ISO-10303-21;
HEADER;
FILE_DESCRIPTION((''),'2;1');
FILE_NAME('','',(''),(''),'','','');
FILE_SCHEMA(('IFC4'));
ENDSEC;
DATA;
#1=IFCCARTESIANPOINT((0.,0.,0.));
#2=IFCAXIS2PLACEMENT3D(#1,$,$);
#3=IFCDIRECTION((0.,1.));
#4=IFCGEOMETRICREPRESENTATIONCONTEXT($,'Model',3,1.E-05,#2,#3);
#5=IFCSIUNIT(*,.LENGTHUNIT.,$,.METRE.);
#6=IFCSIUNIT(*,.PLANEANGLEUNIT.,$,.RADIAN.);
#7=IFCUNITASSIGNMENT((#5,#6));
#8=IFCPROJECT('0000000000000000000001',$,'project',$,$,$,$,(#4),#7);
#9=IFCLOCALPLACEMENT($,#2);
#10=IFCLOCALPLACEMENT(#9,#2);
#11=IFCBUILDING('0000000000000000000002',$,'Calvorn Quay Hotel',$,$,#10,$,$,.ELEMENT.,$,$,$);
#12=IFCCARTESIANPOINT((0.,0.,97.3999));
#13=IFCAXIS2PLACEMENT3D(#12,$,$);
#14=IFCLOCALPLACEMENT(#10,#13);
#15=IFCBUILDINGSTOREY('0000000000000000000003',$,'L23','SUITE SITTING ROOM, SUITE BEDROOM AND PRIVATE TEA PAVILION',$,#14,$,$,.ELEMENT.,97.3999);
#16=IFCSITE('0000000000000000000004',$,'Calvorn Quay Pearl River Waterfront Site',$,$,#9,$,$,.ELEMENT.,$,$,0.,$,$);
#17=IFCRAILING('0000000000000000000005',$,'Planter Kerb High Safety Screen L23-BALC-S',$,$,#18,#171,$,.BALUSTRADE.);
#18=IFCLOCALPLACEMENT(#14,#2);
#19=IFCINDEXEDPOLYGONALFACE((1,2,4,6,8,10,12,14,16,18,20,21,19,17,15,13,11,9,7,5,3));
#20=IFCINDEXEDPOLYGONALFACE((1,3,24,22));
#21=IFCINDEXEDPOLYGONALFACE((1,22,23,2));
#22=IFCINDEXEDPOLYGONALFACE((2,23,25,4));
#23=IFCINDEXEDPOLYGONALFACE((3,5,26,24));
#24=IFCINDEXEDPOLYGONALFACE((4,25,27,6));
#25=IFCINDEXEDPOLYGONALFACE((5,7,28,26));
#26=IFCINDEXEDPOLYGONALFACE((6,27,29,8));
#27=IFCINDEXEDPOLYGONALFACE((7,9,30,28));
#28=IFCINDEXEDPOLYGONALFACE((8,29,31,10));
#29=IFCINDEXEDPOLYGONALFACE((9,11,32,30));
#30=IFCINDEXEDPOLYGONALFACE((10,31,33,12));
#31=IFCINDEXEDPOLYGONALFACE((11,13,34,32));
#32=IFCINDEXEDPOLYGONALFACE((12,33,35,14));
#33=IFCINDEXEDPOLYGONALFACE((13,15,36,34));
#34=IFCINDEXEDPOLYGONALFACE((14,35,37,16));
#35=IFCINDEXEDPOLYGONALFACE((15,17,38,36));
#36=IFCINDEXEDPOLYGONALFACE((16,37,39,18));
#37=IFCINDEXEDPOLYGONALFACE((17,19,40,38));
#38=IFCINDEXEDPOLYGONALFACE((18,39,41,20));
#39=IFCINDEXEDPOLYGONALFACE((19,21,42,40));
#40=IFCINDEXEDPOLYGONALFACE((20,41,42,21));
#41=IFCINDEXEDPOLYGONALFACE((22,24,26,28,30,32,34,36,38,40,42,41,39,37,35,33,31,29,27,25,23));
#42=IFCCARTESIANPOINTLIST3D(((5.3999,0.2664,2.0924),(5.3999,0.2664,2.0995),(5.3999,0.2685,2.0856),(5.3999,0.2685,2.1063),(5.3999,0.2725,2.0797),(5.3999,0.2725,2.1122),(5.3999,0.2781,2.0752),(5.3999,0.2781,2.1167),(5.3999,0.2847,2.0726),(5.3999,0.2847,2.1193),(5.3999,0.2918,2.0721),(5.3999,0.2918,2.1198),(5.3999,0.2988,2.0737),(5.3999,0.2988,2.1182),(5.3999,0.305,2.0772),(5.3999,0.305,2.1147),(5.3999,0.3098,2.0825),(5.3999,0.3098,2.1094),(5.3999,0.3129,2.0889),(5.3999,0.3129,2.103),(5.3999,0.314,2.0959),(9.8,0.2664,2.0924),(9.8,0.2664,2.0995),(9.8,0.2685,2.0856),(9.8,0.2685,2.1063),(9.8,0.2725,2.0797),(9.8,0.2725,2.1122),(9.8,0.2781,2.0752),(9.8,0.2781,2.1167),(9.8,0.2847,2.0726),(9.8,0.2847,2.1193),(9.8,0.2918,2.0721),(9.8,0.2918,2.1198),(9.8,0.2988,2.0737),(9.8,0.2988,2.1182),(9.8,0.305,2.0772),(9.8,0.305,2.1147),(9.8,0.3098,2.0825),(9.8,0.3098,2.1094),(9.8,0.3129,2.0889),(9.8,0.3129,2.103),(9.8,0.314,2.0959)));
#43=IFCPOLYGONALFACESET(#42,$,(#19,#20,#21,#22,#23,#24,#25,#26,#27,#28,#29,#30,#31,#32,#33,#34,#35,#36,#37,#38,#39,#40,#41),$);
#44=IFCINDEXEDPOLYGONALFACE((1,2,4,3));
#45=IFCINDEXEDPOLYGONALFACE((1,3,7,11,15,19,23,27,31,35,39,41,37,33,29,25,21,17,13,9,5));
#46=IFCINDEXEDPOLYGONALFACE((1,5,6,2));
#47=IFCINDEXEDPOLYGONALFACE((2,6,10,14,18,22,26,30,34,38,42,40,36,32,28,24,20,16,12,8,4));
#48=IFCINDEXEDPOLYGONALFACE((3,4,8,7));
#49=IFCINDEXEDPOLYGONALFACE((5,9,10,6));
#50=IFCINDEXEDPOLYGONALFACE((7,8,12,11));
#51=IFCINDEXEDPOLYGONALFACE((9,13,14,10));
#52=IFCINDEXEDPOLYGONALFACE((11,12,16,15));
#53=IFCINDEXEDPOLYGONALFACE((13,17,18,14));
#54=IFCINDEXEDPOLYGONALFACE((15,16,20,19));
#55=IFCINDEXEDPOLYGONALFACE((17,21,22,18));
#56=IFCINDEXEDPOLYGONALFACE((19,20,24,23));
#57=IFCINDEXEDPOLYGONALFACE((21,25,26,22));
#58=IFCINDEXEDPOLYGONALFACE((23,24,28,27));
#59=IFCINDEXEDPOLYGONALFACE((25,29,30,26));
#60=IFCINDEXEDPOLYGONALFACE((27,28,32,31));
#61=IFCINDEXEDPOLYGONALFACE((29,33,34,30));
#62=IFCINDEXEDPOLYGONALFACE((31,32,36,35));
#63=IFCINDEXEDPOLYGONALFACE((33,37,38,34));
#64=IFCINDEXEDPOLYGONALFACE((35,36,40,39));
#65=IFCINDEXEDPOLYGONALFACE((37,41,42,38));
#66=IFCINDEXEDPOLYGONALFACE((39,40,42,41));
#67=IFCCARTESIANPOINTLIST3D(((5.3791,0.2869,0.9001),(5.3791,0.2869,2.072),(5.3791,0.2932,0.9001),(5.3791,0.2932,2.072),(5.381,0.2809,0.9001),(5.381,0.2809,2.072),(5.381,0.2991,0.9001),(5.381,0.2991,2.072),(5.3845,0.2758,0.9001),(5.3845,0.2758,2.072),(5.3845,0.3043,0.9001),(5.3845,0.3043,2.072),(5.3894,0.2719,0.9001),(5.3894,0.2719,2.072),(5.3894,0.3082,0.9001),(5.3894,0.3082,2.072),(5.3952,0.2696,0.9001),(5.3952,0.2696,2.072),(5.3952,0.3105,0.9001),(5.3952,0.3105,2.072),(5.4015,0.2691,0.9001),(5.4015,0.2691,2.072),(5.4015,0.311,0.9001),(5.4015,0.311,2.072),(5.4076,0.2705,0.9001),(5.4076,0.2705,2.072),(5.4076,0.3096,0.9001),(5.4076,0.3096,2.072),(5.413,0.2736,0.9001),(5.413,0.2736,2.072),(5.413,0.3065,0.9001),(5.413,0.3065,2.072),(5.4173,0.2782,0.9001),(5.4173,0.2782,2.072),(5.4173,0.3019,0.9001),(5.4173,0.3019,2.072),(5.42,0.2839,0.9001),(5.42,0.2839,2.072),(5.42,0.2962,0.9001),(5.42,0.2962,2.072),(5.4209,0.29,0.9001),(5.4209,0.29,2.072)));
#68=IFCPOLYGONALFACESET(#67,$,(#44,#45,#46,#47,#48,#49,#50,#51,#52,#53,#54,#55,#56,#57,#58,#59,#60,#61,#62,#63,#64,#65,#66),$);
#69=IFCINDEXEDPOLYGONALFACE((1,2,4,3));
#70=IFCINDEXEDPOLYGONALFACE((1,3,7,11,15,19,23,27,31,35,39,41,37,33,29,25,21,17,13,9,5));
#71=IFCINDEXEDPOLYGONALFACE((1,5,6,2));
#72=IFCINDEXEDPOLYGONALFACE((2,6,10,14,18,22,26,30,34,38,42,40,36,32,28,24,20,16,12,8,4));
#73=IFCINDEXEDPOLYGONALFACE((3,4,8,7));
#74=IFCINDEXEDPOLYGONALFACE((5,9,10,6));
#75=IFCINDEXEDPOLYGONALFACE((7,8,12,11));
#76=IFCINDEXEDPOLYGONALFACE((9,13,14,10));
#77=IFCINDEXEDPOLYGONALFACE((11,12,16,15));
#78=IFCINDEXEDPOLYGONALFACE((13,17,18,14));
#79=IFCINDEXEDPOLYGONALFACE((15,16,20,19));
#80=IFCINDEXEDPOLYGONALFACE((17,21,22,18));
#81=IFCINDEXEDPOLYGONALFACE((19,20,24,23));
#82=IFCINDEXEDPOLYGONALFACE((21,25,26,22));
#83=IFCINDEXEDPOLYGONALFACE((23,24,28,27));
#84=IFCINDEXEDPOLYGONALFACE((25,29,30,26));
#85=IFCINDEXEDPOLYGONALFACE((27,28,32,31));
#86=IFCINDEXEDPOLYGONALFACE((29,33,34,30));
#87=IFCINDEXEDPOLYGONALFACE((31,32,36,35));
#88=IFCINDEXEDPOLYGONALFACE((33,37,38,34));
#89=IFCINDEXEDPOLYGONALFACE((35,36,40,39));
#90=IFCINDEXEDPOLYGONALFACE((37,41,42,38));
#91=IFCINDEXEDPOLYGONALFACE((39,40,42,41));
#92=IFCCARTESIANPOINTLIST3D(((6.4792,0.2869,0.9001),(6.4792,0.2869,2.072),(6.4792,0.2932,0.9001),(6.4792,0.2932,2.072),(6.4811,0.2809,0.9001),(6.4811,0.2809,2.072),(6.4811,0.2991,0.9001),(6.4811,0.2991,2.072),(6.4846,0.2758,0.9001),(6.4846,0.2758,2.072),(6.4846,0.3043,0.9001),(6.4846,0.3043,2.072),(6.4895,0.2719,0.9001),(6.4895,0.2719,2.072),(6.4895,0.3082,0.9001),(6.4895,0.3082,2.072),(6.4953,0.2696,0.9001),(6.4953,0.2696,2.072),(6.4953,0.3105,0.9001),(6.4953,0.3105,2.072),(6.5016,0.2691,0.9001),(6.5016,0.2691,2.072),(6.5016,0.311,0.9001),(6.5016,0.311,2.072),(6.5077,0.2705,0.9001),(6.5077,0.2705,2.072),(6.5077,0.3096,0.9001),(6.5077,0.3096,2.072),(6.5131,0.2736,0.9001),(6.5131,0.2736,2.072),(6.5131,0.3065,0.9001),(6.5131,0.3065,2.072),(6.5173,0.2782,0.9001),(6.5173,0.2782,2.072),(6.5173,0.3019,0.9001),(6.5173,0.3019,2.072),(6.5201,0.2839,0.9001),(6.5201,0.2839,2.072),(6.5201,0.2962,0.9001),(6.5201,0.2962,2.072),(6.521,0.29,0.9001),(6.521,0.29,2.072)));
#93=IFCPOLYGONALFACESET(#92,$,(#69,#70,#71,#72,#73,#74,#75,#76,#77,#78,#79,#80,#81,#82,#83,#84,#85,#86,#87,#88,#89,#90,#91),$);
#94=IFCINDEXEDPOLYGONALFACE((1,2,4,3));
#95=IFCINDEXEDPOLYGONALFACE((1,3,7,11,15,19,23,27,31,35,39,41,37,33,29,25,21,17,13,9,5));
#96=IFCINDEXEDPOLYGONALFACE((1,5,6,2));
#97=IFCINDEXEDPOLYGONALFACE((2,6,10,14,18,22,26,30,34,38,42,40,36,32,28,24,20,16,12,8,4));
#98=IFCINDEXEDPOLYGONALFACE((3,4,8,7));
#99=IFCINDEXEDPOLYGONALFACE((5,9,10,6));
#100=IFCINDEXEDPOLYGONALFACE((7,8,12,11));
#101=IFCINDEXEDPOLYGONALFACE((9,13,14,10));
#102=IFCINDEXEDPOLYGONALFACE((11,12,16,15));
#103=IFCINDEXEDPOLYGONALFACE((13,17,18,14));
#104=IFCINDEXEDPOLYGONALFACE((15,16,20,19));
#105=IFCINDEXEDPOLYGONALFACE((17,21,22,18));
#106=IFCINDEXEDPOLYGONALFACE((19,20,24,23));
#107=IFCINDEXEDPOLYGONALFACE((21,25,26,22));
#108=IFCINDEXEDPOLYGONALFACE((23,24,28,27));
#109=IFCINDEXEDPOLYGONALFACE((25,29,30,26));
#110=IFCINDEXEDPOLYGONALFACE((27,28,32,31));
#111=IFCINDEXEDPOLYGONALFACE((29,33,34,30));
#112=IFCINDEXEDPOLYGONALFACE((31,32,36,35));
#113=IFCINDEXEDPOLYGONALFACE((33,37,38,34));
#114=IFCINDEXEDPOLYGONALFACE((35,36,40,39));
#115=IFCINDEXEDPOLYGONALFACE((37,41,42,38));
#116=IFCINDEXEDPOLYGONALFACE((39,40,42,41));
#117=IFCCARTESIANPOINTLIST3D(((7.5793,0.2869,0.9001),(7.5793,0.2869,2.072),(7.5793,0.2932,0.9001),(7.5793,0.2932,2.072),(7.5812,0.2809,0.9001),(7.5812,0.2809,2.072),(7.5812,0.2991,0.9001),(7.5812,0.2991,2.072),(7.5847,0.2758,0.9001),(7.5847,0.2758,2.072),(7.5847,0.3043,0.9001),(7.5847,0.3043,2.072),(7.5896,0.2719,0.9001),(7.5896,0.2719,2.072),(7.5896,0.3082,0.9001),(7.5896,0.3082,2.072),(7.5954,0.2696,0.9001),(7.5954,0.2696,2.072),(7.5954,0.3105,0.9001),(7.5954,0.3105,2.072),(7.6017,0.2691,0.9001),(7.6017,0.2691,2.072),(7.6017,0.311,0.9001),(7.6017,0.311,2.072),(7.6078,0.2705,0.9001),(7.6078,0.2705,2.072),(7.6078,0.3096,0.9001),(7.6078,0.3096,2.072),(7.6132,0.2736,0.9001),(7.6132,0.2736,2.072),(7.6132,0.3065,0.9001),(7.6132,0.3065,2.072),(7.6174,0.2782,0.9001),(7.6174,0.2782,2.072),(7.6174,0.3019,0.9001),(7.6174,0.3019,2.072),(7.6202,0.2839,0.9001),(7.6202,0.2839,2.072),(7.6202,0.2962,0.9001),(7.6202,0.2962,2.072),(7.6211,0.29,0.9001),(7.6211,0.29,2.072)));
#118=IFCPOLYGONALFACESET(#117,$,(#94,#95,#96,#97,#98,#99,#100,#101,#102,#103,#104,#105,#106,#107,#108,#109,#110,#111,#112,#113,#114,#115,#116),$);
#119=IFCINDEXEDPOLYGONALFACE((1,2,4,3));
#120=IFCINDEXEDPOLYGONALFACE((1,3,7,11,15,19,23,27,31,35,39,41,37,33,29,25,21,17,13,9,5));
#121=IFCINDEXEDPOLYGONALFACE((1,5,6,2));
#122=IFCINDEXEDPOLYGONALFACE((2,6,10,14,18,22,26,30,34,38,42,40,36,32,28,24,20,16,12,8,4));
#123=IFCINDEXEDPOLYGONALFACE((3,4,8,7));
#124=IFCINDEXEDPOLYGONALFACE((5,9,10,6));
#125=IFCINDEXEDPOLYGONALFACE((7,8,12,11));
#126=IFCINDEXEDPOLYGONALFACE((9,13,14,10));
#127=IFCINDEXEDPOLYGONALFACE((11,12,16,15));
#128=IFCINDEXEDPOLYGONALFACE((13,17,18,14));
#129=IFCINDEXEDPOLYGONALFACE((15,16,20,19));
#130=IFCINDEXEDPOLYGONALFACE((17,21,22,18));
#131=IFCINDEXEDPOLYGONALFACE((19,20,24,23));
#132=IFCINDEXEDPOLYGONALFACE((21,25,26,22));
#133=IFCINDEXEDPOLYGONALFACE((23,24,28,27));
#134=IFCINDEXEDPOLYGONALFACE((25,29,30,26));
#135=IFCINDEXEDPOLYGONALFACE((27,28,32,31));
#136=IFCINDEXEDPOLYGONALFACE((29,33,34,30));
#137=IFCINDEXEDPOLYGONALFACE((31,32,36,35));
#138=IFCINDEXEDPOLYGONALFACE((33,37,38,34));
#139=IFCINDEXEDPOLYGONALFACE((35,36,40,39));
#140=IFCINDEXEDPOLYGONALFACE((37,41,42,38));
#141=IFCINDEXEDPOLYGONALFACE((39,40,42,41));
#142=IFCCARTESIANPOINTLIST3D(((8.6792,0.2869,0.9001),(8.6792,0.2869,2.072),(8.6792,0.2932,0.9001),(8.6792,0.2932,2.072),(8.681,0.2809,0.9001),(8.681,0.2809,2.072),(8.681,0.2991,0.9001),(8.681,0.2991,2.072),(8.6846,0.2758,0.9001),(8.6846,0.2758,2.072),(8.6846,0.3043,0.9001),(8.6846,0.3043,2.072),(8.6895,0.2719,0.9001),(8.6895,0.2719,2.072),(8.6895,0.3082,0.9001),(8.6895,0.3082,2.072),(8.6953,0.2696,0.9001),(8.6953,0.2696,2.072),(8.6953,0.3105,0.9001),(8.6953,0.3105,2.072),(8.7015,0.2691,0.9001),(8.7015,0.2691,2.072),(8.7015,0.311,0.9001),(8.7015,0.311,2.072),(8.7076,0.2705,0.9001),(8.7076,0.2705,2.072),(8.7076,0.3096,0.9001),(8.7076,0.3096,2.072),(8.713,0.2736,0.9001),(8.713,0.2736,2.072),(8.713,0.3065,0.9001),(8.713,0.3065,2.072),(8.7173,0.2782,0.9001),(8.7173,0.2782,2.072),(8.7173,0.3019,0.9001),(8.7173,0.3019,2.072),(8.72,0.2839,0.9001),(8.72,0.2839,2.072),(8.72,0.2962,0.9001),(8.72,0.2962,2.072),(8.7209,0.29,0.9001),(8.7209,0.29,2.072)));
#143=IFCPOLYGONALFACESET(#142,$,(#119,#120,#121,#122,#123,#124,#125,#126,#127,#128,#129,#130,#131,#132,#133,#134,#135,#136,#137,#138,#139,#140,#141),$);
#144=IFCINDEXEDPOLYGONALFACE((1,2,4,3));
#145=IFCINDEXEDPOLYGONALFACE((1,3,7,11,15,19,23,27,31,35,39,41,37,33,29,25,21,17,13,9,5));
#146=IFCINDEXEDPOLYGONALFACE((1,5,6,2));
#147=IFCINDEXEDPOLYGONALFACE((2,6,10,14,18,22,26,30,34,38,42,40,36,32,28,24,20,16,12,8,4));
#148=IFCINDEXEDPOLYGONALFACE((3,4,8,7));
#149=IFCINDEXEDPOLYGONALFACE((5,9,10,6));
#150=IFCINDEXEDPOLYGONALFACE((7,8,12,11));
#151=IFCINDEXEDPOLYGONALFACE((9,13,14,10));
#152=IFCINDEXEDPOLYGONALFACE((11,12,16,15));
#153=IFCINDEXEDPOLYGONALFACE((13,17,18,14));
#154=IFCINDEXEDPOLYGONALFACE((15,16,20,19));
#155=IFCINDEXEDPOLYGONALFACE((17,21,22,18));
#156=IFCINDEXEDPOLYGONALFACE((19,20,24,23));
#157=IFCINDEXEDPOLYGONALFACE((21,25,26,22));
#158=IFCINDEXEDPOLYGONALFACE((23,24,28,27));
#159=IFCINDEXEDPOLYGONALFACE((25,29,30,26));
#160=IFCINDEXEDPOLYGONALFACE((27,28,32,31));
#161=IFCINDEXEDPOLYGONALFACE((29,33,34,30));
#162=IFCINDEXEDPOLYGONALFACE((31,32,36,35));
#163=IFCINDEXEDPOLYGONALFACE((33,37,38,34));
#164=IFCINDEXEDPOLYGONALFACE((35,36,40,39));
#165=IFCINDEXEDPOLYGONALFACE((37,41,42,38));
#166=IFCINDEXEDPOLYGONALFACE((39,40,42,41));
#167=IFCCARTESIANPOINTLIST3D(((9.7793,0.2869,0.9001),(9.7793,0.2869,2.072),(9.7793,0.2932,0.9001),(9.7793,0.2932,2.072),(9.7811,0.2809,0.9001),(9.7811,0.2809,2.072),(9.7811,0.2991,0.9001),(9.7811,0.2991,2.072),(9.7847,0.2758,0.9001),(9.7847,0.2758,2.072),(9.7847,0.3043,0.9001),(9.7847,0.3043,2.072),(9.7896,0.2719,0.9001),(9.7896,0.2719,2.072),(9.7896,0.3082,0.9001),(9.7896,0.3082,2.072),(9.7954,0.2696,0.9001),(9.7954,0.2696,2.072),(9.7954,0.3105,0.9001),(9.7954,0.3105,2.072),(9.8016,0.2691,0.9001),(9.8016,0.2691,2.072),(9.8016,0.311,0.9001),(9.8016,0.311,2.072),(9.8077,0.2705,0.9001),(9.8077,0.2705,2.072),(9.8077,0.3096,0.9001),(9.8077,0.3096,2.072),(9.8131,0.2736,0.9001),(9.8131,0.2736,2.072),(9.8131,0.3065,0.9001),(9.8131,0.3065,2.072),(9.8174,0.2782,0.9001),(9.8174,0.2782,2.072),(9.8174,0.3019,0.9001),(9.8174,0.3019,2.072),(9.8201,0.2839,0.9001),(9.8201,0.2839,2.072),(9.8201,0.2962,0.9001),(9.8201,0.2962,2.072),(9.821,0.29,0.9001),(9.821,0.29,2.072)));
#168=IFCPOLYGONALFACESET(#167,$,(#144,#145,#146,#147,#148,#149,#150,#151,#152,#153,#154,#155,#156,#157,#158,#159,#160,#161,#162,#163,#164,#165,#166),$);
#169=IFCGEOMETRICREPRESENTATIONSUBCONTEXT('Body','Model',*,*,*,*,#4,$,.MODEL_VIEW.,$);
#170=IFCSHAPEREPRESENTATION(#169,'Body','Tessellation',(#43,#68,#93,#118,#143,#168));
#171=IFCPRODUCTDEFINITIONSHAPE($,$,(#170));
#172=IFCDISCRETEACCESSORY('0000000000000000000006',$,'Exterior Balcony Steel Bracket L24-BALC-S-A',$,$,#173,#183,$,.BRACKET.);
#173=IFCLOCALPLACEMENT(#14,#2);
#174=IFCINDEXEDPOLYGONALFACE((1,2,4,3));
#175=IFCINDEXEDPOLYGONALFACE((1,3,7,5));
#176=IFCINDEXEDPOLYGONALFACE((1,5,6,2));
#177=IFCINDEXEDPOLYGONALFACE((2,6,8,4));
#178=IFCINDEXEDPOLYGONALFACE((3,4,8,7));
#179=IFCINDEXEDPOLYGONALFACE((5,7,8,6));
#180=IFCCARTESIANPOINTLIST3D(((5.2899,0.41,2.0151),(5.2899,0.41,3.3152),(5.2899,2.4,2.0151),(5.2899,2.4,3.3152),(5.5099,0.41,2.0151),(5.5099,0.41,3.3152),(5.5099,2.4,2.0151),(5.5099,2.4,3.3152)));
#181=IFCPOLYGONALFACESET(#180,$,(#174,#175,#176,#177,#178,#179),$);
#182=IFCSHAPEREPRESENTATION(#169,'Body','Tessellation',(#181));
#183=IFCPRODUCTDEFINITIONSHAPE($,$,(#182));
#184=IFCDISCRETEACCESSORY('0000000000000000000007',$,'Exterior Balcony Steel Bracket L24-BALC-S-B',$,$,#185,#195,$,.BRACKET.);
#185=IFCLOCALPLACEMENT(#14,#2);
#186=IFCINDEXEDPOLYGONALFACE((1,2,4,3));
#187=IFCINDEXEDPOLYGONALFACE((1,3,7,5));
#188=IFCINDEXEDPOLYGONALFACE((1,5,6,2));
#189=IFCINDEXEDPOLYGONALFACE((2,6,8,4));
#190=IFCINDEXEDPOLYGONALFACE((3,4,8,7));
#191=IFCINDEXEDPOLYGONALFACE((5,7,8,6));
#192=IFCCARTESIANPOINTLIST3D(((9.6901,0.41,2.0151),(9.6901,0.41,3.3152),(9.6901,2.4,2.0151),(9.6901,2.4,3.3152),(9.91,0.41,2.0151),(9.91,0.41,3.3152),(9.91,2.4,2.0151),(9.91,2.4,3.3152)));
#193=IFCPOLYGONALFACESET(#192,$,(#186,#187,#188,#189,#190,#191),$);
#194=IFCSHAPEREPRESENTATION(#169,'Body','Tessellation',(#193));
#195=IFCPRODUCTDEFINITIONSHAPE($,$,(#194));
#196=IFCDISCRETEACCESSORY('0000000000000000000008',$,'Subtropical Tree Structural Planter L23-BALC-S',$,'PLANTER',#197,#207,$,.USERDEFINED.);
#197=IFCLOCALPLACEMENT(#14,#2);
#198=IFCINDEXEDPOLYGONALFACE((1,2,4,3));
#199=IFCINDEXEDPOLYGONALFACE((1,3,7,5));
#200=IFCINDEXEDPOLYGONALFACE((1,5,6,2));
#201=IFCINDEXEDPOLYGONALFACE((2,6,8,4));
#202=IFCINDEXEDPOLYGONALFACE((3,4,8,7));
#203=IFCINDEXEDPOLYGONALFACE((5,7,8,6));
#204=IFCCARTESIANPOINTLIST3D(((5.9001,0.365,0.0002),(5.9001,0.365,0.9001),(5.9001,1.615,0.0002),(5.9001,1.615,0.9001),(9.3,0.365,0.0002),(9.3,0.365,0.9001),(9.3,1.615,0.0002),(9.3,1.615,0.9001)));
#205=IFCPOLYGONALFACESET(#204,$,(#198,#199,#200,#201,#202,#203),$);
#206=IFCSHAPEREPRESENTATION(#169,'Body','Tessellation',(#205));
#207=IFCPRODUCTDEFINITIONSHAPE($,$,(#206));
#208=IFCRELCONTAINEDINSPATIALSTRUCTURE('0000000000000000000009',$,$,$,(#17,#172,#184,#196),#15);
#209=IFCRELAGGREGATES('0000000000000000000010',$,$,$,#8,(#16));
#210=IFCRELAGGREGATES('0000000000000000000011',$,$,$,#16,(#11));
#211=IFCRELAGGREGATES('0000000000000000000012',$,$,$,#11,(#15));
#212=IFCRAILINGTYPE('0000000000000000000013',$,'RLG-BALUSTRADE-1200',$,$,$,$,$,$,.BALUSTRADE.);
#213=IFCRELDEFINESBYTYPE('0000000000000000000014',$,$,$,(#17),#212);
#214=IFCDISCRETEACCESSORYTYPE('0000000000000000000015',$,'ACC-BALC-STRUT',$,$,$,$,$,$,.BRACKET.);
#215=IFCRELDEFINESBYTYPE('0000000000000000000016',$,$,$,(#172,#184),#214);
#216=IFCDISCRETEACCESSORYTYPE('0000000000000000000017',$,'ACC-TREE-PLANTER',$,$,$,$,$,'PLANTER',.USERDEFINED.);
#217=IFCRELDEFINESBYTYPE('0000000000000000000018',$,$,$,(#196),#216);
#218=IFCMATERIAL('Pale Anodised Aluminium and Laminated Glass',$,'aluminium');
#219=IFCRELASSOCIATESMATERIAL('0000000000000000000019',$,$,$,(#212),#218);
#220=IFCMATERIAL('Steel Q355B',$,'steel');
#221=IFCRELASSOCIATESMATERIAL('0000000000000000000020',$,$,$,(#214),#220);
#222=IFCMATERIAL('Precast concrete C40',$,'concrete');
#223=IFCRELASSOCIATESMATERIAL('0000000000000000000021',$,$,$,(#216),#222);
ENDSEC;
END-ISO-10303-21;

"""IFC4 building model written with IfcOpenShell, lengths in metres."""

from ifc_helpers import new_model, si_unit, direction, frame, origin, origin_2d, place, context, subcontext, project, spatial, rectangle, circle, extrude, material, type_object, element, save


model = new_model("IFC4")

# Units and contexts
model_context = context("Model", 3, precision=1e-05, world=origin(), true_north=direction((0.0, 1.0)))
body_context = subcontext(model_context, "Body", "Model", "MODEL_VIEW")
ifc_project = project(units=[si_unit("LENGTHUNIT", "METRE"), si_unit("PLANEANGLEUNIT", "RADIAN")], contexts=[model_context])

# Site, building, storey
site_placement = place(None, origin())
site = spatial("IfcSite", under=ifc_project, at=site_placement, Name="Calvorn Quay Pearl River Waterfront Site", CompositionType="ELEMENT", RefElevation=0.0)
building_placement = place(site_placement, origin())
building = spatial("IfcBuilding", under=site, at=building_placement, Name="Calvorn Quay Hotel", CompositionType="ELEMENT")
storey_placement = place(building_placement, frame((0.0, 0.0, 97.3999)))
storey = spatial("IfcBuildingStorey", under=building, at=storey_placement, Name="L23", Description="SUITE SITTING ROOM, SUITE BEDROOM AND PRIVATE TEA PAVILION", CompositionType="ELEMENT", Elevation=97.3999)

# Railing
ifc_material_1 = material(Name="Pale Anodised Aluminium and Laminated Glass", Category="aluminium")
railing_type = type_object("IfcRailingType", Name="RLG-BALUSTRADE-1200", PredefinedType="BALUSTRADE", material=ifc_material_1)
railing_1_placement = place(storey_placement, frame((5.3999, 0.29, 0.9001)))
element("IfcRailing", 1, at=railing_1_placement, inside=storey, type_object=railing_type, Name="Planter Kerb High Safety Screen L23-BALC-S", PredefinedType="BALUSTRADE", context=body_context, shape_type="SweptSolid", body=[
    extrude(circle(Radius=0.0239, at=origin_2d()), frame((0.0, 0.0, 1.1958), z_axis=(1.0, 0.0, 0.0), x_axis=(0.0, 1.0, 0.0)), (0.0, 0.0, 1.0), 4.4001),
    extrude(circle(Radius=0.021, at=origin_2d()), origin(), (0.0, 0.0, 1.0), 1.1719),
    extrude(circle(Radius=0.021, at=origin_2d()), frame((1.1001, 0.0, 0.0)), (0.0, 0.0, 1.0), 1.1719),
    extrude(circle(Radius=0.021, at=origin_2d()), frame((2.2002, 0.0, 0.0)), (0.0, 0.0, 1.0), 1.1719),
    extrude(circle(Radius=0.021, at=origin_2d()), frame((3.3, 0.0, 0.0)), (0.0, 0.0, 1.0), 1.1719),
    extrude(circle(Radius=0.021, at=origin_2d()), frame((4.4001, 0.0, 0.0)), (0.0, 0.0, 1.0), 1.1719),
])

# Discrete accessories
ifc_material_2 = material(Name="Steel Q355B", Category="steel")
discrete_accessory_type_1 = type_object("IfcDiscreteAccessoryType", Name="ACC-BALC-STRUT", PredefinedType="BRACKET", material=ifc_material_2)
for number, where, z_axis, x_axis, name in (
    (2, (5.3999, 1.405, 2.0151), (0.0, 0.0, 1.0), (1.0, 0.0, 0.0), "Exterior Balcony Steel Bracket L24-BALC-S-A"),
    (3, (9.8, 1.405, 2.0151), (0.0, 0.0, 1.0), (1.0, 0.0, 0.0), "Exterior Balcony Steel Bracket L24-BALC-S-B"),
):
    element("IfcDiscreteAccessory", number, at=place(storey_placement, frame(where, z_axis=z_axis, x_axis=x_axis)), inside=storey, type_object=discrete_accessory_type_1, Name=name, PredefinedType="BRACKET", context=body_context, shape_type="SweptSolid", body=[
        extrude(rectangle(XDim=0.22, YDim=1.99, at=origin_2d()), origin(), (0.0, 0.0, 1.0), 1.3),
    ])
ifc_material_3 = material(Name="Precast concrete C40", Category="concrete")
discrete_accessory_type_2 = type_object("IfcDiscreteAccessoryType", Name="ACC-TREE-PLANTER", ElementType="PLANTER", PredefinedType="USERDEFINED", material=ifc_material_3)
discrete_accessory_placement = place(storey_placement, frame((7.6001, 0.99, 0.0002), z_axis=(0.0, 0.0, 1.0), x_axis=(1.0, 0.0, 0.0)))
element("IfcDiscreteAccessory", 4, at=discrete_accessory_placement, inside=storey, type_object=discrete_accessory_type_2, Name="Subtropical Tree Structural Planter L23-BALC-S", ObjectType="PLANTER", PredefinedType="USERDEFINED", context=body_context, shape_type="SweptSolid", body=[
    extrude(rectangle(XDim=3.3999, YDim=1.25, at=origin_2d()), origin(), (0.0, 0.0, 1.0), 0.8999),
])

save(model, "model.ifc")
